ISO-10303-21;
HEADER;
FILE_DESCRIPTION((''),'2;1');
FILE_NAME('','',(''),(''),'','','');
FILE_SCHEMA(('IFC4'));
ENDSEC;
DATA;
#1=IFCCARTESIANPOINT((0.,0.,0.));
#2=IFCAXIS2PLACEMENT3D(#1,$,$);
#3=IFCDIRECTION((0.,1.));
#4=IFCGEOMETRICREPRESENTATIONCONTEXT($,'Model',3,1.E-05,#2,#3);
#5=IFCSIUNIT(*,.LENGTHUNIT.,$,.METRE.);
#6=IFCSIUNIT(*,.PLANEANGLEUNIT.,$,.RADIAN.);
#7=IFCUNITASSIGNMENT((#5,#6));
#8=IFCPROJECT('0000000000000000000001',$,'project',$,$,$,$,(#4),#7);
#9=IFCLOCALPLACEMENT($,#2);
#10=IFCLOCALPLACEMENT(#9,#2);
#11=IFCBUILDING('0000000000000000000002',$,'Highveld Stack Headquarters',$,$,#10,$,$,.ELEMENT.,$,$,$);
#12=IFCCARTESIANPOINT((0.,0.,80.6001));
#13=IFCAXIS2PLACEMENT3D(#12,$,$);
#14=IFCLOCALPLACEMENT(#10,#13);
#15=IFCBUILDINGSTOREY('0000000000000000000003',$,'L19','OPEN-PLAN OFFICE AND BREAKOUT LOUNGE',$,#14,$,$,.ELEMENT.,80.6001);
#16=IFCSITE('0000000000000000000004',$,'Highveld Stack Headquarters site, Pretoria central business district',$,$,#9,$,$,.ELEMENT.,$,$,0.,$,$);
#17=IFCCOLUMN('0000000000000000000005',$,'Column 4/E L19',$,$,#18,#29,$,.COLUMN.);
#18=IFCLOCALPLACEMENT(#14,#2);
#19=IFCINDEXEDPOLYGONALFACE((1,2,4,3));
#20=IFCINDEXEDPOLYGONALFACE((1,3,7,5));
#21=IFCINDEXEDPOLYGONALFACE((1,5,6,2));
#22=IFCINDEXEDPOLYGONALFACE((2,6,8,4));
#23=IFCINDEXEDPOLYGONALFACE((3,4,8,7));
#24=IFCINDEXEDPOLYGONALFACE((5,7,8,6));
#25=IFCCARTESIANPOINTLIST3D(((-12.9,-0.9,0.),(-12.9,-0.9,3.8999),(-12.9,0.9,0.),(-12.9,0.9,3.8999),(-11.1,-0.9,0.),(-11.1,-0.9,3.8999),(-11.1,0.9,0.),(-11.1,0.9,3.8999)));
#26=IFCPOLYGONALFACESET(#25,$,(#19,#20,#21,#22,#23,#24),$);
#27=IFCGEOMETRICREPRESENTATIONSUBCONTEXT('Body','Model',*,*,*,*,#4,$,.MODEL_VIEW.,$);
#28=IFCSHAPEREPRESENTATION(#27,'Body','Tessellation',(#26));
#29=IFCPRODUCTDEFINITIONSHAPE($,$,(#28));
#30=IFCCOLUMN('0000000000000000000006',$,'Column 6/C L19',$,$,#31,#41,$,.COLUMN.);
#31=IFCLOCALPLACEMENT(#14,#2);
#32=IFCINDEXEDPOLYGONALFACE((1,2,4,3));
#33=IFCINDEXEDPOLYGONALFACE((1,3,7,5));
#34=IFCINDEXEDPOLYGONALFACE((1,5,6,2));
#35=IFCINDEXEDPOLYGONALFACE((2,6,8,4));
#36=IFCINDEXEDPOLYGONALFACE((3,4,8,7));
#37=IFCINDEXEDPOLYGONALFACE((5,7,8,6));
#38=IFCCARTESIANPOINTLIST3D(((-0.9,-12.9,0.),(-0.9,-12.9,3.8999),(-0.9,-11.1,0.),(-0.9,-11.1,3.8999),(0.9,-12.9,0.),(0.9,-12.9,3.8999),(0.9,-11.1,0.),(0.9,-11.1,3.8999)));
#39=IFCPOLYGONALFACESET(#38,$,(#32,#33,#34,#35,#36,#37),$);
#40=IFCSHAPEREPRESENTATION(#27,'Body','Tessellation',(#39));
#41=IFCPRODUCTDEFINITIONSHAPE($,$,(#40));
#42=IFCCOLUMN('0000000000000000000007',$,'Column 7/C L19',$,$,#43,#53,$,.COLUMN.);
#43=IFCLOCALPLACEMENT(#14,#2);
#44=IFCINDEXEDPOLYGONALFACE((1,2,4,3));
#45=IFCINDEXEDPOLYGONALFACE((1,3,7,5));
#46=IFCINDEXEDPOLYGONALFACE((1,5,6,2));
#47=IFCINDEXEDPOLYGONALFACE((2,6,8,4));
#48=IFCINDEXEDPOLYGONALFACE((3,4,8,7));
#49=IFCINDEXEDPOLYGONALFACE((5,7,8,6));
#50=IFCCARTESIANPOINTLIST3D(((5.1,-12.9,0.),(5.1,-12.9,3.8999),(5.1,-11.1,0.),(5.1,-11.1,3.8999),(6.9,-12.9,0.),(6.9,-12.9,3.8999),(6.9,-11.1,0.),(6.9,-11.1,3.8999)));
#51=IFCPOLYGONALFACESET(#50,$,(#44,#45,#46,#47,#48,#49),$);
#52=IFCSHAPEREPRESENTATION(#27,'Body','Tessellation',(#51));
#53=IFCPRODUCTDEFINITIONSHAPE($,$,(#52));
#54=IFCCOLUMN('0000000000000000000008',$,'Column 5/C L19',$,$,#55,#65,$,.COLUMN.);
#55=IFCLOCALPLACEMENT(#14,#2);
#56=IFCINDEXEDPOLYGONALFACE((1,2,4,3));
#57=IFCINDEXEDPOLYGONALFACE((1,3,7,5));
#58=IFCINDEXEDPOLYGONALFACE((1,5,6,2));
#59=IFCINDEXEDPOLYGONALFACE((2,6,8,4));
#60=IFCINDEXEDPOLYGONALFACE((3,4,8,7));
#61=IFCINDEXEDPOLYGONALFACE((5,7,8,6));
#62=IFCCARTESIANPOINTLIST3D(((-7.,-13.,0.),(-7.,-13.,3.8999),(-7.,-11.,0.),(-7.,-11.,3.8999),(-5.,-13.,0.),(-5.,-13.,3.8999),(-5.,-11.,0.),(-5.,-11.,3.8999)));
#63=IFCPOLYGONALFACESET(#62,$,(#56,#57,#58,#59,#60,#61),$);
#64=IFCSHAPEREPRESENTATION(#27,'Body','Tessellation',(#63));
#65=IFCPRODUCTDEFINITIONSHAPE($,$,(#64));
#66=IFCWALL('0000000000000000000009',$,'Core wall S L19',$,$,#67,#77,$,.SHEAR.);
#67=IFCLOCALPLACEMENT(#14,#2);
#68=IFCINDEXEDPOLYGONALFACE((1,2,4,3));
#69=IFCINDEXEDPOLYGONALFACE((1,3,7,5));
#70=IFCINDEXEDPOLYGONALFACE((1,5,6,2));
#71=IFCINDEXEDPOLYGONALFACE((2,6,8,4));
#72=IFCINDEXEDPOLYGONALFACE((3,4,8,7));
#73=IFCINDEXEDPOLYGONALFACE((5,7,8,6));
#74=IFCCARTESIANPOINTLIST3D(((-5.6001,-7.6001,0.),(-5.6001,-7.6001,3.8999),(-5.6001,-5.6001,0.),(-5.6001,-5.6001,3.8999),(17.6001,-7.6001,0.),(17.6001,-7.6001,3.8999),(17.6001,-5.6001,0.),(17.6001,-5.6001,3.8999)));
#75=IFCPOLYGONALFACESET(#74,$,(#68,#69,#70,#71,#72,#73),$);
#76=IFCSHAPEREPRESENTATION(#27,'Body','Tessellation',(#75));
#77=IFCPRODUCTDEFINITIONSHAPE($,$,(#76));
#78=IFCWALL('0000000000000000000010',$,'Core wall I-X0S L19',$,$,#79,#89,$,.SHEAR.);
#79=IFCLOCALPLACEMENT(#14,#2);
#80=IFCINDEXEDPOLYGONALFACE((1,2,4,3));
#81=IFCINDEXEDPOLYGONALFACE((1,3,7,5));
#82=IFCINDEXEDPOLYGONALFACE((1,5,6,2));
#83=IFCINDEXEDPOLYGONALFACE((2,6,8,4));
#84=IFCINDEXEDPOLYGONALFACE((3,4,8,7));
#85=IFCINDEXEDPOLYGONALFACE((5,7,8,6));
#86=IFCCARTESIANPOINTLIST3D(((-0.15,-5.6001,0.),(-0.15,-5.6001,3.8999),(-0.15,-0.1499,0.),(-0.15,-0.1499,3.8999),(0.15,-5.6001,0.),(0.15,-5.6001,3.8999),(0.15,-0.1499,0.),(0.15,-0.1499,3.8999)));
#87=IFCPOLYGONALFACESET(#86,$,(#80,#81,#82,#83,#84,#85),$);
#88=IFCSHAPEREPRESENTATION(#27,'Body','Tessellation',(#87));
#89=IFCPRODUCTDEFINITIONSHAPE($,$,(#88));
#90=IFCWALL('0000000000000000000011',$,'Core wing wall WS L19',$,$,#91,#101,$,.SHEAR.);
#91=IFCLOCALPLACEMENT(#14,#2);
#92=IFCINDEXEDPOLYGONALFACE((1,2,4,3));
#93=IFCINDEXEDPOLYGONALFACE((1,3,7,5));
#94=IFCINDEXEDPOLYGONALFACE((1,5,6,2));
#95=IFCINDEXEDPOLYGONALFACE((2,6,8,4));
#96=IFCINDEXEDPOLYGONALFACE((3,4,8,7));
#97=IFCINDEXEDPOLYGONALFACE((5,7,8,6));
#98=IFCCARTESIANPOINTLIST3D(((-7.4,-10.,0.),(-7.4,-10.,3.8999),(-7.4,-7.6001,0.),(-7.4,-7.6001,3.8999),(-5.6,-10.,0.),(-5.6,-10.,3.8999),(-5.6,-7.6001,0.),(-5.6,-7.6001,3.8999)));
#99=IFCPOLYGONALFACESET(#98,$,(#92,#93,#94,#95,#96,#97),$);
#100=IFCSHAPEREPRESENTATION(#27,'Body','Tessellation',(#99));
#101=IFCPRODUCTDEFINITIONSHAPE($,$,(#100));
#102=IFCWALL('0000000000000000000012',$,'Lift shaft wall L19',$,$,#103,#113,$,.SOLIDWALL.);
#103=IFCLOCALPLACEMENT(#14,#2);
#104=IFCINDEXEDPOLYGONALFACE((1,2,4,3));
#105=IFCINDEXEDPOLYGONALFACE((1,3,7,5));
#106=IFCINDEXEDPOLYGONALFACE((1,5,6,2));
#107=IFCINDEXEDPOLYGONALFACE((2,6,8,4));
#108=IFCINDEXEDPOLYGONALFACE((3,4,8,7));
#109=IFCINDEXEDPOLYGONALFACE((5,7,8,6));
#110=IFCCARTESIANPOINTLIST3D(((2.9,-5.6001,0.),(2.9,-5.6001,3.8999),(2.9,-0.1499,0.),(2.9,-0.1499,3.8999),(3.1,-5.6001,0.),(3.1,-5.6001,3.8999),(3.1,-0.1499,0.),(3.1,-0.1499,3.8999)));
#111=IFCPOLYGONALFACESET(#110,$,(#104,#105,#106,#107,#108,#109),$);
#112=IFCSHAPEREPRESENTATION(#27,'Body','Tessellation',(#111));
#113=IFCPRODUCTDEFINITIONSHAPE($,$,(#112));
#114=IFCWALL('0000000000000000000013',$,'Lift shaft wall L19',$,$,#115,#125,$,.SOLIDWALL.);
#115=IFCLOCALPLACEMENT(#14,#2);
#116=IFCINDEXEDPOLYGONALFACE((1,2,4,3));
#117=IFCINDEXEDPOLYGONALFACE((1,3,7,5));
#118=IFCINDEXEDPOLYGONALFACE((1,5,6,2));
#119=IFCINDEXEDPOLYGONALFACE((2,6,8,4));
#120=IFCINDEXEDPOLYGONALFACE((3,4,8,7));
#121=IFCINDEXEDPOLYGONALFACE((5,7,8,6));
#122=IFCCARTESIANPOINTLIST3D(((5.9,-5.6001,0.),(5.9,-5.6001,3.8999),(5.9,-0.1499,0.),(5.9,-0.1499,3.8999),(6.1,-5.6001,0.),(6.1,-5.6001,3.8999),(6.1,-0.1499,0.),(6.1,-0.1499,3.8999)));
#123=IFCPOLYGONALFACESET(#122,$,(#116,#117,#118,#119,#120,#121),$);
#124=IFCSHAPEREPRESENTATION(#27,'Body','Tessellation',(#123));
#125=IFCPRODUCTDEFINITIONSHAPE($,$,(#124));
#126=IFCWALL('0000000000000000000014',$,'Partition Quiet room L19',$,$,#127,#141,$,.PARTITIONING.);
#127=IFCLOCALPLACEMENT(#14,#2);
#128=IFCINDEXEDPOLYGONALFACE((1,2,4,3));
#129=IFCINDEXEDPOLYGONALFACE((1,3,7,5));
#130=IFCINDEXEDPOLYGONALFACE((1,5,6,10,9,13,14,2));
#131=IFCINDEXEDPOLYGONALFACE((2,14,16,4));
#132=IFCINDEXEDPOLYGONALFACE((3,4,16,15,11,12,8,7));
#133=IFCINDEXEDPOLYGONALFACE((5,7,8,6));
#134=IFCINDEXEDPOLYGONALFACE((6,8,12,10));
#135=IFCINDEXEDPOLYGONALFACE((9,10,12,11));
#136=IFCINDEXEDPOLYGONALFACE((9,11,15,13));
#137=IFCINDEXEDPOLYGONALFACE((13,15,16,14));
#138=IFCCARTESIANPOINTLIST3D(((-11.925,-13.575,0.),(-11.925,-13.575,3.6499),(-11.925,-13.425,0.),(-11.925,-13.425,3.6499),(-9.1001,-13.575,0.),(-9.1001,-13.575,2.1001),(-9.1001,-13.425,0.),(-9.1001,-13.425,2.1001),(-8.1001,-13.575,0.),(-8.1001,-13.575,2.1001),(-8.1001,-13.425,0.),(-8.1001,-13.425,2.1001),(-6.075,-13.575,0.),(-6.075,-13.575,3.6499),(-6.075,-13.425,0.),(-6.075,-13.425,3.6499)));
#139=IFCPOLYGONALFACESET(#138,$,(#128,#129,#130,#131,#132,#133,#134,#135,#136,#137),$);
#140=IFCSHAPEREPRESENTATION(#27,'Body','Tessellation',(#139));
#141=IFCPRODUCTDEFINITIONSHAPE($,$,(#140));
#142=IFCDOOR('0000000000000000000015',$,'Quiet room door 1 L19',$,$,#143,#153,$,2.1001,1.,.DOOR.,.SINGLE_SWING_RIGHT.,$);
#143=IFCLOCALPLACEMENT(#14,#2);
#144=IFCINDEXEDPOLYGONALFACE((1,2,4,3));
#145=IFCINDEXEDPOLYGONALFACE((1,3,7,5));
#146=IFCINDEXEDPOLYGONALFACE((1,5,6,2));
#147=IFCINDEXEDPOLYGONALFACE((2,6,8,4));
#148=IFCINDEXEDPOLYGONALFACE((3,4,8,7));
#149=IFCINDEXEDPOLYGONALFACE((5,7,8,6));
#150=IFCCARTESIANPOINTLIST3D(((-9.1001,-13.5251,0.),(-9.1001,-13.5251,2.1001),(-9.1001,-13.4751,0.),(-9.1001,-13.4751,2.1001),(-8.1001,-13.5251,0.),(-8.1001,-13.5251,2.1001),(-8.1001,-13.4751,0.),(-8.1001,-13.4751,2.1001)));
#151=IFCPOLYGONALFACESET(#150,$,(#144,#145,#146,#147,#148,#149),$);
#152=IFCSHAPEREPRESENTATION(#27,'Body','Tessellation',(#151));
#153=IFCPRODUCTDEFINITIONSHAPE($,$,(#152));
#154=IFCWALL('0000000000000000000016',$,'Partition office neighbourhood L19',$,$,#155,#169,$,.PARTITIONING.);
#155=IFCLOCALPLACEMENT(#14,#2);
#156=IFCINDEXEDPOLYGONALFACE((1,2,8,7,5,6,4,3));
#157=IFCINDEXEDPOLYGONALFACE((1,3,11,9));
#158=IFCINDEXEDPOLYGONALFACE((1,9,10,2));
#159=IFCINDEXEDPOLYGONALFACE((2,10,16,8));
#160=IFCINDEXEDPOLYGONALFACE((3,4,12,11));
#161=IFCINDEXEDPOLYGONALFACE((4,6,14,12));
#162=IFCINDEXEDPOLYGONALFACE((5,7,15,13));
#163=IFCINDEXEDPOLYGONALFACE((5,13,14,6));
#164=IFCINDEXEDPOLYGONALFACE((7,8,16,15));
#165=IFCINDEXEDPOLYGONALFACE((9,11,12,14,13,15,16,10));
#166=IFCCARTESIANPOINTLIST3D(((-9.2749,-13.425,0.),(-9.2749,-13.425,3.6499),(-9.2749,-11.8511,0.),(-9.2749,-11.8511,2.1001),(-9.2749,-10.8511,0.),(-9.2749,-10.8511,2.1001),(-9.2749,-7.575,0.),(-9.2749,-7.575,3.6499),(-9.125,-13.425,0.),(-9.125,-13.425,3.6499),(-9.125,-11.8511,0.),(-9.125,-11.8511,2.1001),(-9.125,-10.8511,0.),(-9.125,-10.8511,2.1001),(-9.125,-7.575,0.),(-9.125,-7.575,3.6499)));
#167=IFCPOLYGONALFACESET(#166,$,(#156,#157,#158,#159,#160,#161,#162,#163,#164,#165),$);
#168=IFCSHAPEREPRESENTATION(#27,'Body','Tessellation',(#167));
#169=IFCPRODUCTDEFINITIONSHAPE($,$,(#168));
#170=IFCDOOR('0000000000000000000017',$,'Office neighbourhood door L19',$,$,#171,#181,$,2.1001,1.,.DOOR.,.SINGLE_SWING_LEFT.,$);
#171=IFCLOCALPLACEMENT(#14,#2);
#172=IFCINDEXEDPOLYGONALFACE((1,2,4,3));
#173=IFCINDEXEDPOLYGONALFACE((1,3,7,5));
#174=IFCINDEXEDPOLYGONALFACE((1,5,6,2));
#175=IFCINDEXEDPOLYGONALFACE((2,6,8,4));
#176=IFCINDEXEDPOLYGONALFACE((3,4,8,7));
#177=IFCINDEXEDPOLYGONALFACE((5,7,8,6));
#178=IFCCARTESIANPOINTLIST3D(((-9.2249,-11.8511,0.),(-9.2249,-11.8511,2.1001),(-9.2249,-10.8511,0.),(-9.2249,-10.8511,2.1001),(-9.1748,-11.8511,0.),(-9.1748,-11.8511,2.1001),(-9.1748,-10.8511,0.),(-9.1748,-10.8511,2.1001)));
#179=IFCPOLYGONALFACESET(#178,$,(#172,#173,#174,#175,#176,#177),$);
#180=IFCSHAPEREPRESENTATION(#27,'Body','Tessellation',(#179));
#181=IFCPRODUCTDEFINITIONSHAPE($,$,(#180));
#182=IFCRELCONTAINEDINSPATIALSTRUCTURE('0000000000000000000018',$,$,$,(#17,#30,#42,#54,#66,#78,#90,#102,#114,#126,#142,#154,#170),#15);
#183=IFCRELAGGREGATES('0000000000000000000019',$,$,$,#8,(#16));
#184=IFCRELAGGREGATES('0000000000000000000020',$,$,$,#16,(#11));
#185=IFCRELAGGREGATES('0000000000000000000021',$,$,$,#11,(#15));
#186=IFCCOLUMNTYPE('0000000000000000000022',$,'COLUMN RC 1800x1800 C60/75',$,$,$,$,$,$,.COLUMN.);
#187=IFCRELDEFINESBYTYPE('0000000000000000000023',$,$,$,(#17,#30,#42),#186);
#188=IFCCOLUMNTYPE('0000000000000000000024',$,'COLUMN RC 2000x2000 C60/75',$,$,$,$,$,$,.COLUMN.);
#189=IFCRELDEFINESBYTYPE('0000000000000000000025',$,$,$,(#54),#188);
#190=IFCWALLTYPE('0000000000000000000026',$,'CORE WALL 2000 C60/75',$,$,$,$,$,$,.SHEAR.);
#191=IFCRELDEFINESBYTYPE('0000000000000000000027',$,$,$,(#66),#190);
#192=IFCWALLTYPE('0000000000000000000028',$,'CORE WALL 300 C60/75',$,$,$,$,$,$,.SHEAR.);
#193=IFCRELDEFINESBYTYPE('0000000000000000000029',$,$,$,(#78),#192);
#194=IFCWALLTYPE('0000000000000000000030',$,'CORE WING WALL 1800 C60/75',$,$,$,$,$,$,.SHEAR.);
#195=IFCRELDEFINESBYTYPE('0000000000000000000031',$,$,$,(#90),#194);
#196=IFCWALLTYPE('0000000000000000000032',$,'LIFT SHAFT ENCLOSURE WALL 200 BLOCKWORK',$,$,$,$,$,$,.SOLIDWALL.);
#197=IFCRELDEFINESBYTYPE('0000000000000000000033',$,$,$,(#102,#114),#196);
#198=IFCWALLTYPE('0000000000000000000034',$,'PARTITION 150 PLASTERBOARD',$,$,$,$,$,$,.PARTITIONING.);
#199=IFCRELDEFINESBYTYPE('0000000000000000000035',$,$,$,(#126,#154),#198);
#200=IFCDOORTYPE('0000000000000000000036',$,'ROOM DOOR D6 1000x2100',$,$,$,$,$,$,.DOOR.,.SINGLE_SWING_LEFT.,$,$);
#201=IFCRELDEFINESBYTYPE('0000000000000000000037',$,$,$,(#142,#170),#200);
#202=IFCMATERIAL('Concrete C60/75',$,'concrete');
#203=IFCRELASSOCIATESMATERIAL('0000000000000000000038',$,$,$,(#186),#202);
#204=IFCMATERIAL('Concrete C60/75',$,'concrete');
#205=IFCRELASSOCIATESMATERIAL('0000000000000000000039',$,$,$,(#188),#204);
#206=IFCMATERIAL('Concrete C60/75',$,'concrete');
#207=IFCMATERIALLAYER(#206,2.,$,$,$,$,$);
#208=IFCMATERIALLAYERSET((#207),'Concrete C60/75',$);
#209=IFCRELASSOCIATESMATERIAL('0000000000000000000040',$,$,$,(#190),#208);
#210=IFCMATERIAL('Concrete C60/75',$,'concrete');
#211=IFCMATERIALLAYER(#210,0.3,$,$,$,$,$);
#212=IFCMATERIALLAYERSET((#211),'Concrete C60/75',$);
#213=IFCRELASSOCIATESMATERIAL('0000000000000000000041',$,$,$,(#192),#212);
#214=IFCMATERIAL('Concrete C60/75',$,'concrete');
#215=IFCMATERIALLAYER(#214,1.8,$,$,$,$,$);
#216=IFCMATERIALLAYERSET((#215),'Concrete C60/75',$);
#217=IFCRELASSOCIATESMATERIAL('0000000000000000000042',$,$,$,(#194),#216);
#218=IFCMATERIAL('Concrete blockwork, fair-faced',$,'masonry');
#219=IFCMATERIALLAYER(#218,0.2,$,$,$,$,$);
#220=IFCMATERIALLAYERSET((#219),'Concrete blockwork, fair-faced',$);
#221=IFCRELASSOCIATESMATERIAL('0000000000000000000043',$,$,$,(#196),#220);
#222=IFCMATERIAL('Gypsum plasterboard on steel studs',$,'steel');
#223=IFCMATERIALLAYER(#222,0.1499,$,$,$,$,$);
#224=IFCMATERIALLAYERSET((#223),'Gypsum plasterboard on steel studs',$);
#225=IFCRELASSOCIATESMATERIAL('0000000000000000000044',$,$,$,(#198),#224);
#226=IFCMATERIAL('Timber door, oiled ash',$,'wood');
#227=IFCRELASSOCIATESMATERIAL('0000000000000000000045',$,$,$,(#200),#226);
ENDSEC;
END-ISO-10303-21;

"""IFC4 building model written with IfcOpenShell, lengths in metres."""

from ifc_helpers import new_model, si_unit, direction, frame, frame_2d, origin, origin_2d, place, context, subcontext, project, spatial, rectangle, extrude, material, layer, layer_set, material_profile, profile_set, type_object, element, fill, save


model = new_model("IFC4")

# Units and contexts
model_context = context("Model", 3, precision=1e-05, world=origin(), true_north=direction((0.0, 1.0)))
body_context = subcontext(model_context, "Body", "Model", "MODEL_VIEW")
ifc_project = project(units=[si_unit("LENGTHUNIT", "METRE"), si_unit("PLANEANGLEUNIT", "RADIAN")], contexts=[model_context])

# Site, building, storey
site_placement = place(None, origin())
site = spatial("IfcSite", under=ifc_project, at=site_placement, Name="Highveld Stack Headquarters site, Pretoria central business district", CompositionType="ELEMENT", RefElevation=0.0)
building_placement = place(site_placement, origin())
building = spatial("IfcBuilding", under=site, at=building_placement, Name="Highveld Stack Headquarters", CompositionType="ELEMENT")
storey_placement = place(building_placement, frame((0.0, 0.0, 80.6001)))
storey = spatial("IfcBuildingStorey", under=building, at=storey_placement, Name="L19", Description="OPEN-PLAN OFFICE AND BREAKOUT LOUNGE", CompositionType="ELEMENT", Elevation=80.6001)

# Columns
ifc_material_1 = material(Name="Concrete C60/75", Category="concrete")
ifc_material_profile_1 = material_profile(ifc_material_1, rectangle(XDim=1.8, YDim=1.8, at=origin_2d()), Name="RC 1800x1800")
ifc_profile_set_1 = profile_set([ifc_material_profile_1], Name="Concrete C60/75")
column_type_1 = type_object("IfcColumnType", Name="COLUMN RC 1800x1800 C60/75", PredefinedType="COLUMN", material=ifc_profile_set_1)
for number, where, z_axis, x_axis, name in (
    (1, (-12.0, 0.0, 0.0), (0.0, 0.0, 1.0), (1.0, 0.0, 0.0), "Column 4/E L19"),
    (2, (0.0, -12.0, 0.0), (0.0, 0.0, 1.0), (1.0, 0.0, 0.0), "Column 6/C L19"),
    (3, (6.0, -12.0, 0.0), (0.0, 0.0, 1.0), (1.0, 0.0, 0.0), "Column 7/C L19"),
):
    element("IfcColumn", number, at=place(storey_placement, frame(where, z_axis=z_axis, x_axis=x_axis)), inside=storey, type_object=column_type_1, Name=name, PredefinedType="COLUMN", context=body_context, shape_type="SweptSolid", body=[
        extrude(rectangle(XDim=1.8, YDim=1.8, at=origin_2d()), origin(), (0.0, 0.0, 1.0), 3.8999),
    ])
ifc_material_2 = material(Name="Concrete C60/75", Category="concrete")
ifc_material_profile_2 = material_profile(ifc_material_2, rectangle(XDim=2.0, YDim=2.0, at=origin_2d()), Name="RC 2000x2000")
ifc_profile_set_2 = profile_set([ifc_material_profile_2], Name="Concrete C60/75")
column_type_2 = type_object("IfcColumnType", Name="COLUMN RC 2000x2000 C60/75", PredefinedType="COLUMN", material=ifc_profile_set_2)
column_placement = place(storey_placement, frame((-6.0, -12.0, 0.0), z_axis=(0.0, 0.0, 1.0), x_axis=(1.0, 0.0, 0.0)))
element("IfcColumn", 4, at=column_placement, inside=storey, type_object=column_type_2, Name="Column 5/C L19", PredefinedType="COLUMN", context=body_context, shape_type="SweptSolid", body=[
    extrude(rectangle(XDim=2.0, YDim=2.0, at=origin_2d()), origin(), (0.0, 0.0, 1.0), 3.8999),
])

# Walls
ifc_material_3 = material(Name="Concrete C60/75", Category="concrete")
ifc_layer_1 = layer(ifc_material_3, 2.0)
ifc_layer_set_1 = layer_set([ifc_layer_1], Name="Concrete C60/75")
wall_type_1 = type_object("IfcWallType", Name="CORE WALL 2000 C60/75", PredefinedType="SHEAR", material=ifc_layer_set_1)
wall_1_placement = place(storey_placement, frame((-5.6001, -6.6001, 0.0), z_axis=(0.0, 0.0, 1.0), x_axis=(1.0, 0.0, 0.0)))
element("IfcWall", 5, at=wall_1_placement, inside=storey, type_object=wall_type_1, Name="Core wall S L19", PredefinedType="SHEAR", context=body_context, shape_type="SweptSolid", body=[
    extrude(rectangle(XDim=23.2002, YDim=2.0, at=frame_2d((11.6001, 0.0))), origin(), (0.0, 0.0, 1.0), 3.8999),
])
ifc_material_4 = material(Name="Concrete C60/75", Category="concrete")
ifc_layer_2 = layer(ifc_material_4, 0.3)
ifc_layer_set_2 = layer_set([ifc_layer_2], Name="Concrete C60/75")
wall_type_2 = type_object("IfcWallType", Name="CORE WALL 300 C60/75", PredefinedType="SHEAR", material=ifc_layer_set_2)
wall_2_placement = place(storey_placement, frame((0.0, -5.6001, 0.0), z_axis=(0.0, 0.0, 1.0), x_axis=(0.0, 1.0, 0.0)))
element("IfcWall", 6, at=wall_2_placement, inside=storey, type_object=wall_type_2, Name="Core wall I-X0S L19", PredefinedType="SHEAR", context=body_context, shape_type="SweptSolid", body=[
    extrude(rectangle(XDim=5.4502, YDim=0.3, at=frame_2d((2.7251, 0.0))), origin(), (0.0, 0.0, 1.0), 3.8999),
])
ifc_material_5 = material(Name="Concrete C60/75", Category="concrete")
ifc_layer_3 = layer(ifc_material_5, 1.8)
ifc_layer_set_3 = layer_set([ifc_layer_3], Name="Concrete C60/75")
wall_type_3 = type_object("IfcWallType", Name="CORE WING WALL 1800 C60/75", PredefinedType="SHEAR", material=ifc_layer_set_3)
wall_3_placement = place(storey_placement, frame((-6.5, -10.0, 0.0), z_axis=(0.0, 0.0, 1.0), x_axis=(0.0, 1.0, 0.0)))
element("IfcWall", 7, at=wall_3_placement, inside=storey, type_object=wall_type_3, Name="Core wing wall WS L19", PredefinedType="SHEAR", context=body_context, shape_type="SweptSolid", body=[
    extrude(rectangle(XDim=2.3999, YDim=1.8, at=frame_2d((1.2, 0.0))), origin(), (0.0, 0.0, 1.0), 3.8999),
])
ifc_material_6 = material(Name="Concrete blockwork, fair-faced", Category="masonry")
ifc_layer_4 = layer(ifc_material_6, 0.2)
ifc_layer_set_4 = layer_set([ifc_layer_4], Name="Concrete blockwork, fair-faced")
wall_type_4 = type_object("IfcWallType", Name="LIFT SHAFT ENCLOSURE WALL 200 BLOCKWORK", PredefinedType="SOLIDWALL", material=ifc_layer_set_4)
for number, where, z_axis, x_axis, name in (
    (8, (3.0, -5.6001, 0.0), (0.0, 0.0, 1.0), (0.0, 1.0, 0.0), "Lift shaft wall L19"),
    (9, (6.0, -5.6001, 0.0), (0.0, 0.0, 1.0), (0.0, 1.0, 0.0), "Lift shaft wall L19"),
):
    element("IfcWall", number, at=place(storey_placement, frame(where, z_axis=z_axis, x_axis=x_axis)), inside=storey, type_object=wall_type_4, Name=name, PredefinedType="SOLIDWALL", context=body_context, shape_type="SweptSolid", body=[
        extrude(rectangle(XDim=5.4502, YDim=0.2, at=frame_2d((2.7251, 0.0))), origin(), (0.0, 0.0, 1.0), 3.8999),
    ])

# Walls, openings, doors
ifc_material_7 = material(Name="Gypsum plasterboard on steel studs", Category="steel")
ifc_layer_5 = layer(ifc_material_7, 0.1499)
ifc_layer_set_5 = layer_set([ifc_layer_5], Name="Gypsum plasterboard on steel studs")
wall_type_5 = type_object("IfcWallType", Name="PARTITION 150 PLASTERBOARD", PredefinedType="PARTITIONING", material=ifc_layer_set_5)
wall_4_placement = place(storey_placement, frame((-11.925, -13.5, 0.0), z_axis=(0.0, 0.0, 1.0), x_axis=(1.0, 0.0, 0.0)))
wall_4 = element("IfcWall", 10, at=wall_4_placement, inside=storey, type_object=wall_type_5, Name="Partition Quiet room L19", PredefinedType="PARTITIONING", context=body_context, shape_type="SweptSolid", body=[
    extrude(rectangle(XDim=5.8501, YDim=0.1499, at=frame_2d((2.925, 0.0))), origin(), (0.0, 0.0, 1.0), 3.6499),
])
opening_1_placement = place(wall_4_placement, frame((2.825, 0.0, 0.0)))
opening_1 = element("IfcOpeningElement", 11, at=opening_1_placement, cuts=wall_4, PredefinedType="OPENING", context=body_context, shape_type="SweptSolid", body=[
    extrude(rectangle(XDim=1.0, YDim=2.1001, at=frame_2d((0.5, 1.05))), frame((0.0, 0.085, 0.0), z_axis=(0.0, -1.0, 0.0), x_axis=(1.0, 0.0, 0.0)), (0.0, 0.0, 1.0), 0.1699),
])
ifc_material_8 = material(Name="Timber door, oiled ash", Category="wood")
door_type_1 = type_object("IfcDoorType", Name="ROOM DOOR D6 1000x2100", OperationType="SINGLE_SWING_LEFT", PredefinedType="DOOR", material=ifc_material_8)
door_1_placement = place(opening_1_placement, origin())
door_1 = element("IfcDoor", 12, at=door_1_placement, inside=storey, type_object=door_type_1, Name="Quiet room door 1 L19", OperationType="SINGLE_SWING_RIGHT", OverallHeight=2.1001, OverallWidth=1.0, PredefinedType="DOOR", context=body_context, shape_type="SweptSolid", body=[
    extrude(rectangle(XDim=1.0, YDim=2.1001, at=frame_2d((0.5, 1.05))), frame((0.0, 0.0249, 0.0), z_axis=(0.0, -1.0, 0.0), x_axis=(1.0, 0.0, 0.0)), (0.0, 0.0, 1.0), 0.05),
])
fill(opening_1, door_1)
wall_5_placement = place(storey_placement, frame((-9.2, -13.425, 0.0), z_axis=(0.0, 0.0, 1.0), x_axis=(0.0, 1.0, 0.0)))
wall_5 = element("IfcWall", 13, at=wall_5_placement, inside=storey, type_object=wall_type_5, Name="Partition office neighbourhood L19", PredefinedType="PARTITIONING", context=body_context, shape_type="SweptSolid", body=[
    extrude(rectangle(XDim=5.8501, YDim=0.1499, at=frame_2d((2.925, 0.0))), origin(), (0.0, 0.0, 1.0), 3.6499),
])
opening_2_placement = place(wall_5_placement, frame((1.574, 0.0, 0.0)))
opening_2 = element("IfcOpeningElement", 14, at=opening_2_placement, cuts=wall_5, PredefinedType="OPENING", context=body_context, shape_type="SweptSolid", body=[
    extrude(rectangle(XDim=1.0, YDim=2.1001, at=frame_2d((0.5, 1.05))), frame((0.0, 0.085, 0.0), z_axis=(0.0, -1.0, 0.0), x_axis=(1.0, 0.0, 0.0)), (0.0, 0.0, 1.0), 0.1699),
])
door_2_placement = place(opening_2_placement, origin())
door_2 = element("IfcDoor", 15, at=door_2_placement, inside=storey, type_object=door_type_1, Name="Office neighbourhood door L19", OperationType="SINGLE_SWING_LEFT", OverallHeight=2.1001, OverallWidth=1.0, PredefinedType="DOOR", context=body_context, shape_type="SweptSolid", body=[
    extrude(rectangle(XDim=1.0, YDim=2.1001, at=frame_2d((0.5, 1.05))), frame((0.0, 0.0249, 0.0), z_axis=(0.0, -1.0, 0.0), x_axis=(1.0, 0.0, 0.0)), (0.0, 0.0, 1.0), 0.05),
])
fill(opening_2, door_2)

save(model, "model.ifc")
